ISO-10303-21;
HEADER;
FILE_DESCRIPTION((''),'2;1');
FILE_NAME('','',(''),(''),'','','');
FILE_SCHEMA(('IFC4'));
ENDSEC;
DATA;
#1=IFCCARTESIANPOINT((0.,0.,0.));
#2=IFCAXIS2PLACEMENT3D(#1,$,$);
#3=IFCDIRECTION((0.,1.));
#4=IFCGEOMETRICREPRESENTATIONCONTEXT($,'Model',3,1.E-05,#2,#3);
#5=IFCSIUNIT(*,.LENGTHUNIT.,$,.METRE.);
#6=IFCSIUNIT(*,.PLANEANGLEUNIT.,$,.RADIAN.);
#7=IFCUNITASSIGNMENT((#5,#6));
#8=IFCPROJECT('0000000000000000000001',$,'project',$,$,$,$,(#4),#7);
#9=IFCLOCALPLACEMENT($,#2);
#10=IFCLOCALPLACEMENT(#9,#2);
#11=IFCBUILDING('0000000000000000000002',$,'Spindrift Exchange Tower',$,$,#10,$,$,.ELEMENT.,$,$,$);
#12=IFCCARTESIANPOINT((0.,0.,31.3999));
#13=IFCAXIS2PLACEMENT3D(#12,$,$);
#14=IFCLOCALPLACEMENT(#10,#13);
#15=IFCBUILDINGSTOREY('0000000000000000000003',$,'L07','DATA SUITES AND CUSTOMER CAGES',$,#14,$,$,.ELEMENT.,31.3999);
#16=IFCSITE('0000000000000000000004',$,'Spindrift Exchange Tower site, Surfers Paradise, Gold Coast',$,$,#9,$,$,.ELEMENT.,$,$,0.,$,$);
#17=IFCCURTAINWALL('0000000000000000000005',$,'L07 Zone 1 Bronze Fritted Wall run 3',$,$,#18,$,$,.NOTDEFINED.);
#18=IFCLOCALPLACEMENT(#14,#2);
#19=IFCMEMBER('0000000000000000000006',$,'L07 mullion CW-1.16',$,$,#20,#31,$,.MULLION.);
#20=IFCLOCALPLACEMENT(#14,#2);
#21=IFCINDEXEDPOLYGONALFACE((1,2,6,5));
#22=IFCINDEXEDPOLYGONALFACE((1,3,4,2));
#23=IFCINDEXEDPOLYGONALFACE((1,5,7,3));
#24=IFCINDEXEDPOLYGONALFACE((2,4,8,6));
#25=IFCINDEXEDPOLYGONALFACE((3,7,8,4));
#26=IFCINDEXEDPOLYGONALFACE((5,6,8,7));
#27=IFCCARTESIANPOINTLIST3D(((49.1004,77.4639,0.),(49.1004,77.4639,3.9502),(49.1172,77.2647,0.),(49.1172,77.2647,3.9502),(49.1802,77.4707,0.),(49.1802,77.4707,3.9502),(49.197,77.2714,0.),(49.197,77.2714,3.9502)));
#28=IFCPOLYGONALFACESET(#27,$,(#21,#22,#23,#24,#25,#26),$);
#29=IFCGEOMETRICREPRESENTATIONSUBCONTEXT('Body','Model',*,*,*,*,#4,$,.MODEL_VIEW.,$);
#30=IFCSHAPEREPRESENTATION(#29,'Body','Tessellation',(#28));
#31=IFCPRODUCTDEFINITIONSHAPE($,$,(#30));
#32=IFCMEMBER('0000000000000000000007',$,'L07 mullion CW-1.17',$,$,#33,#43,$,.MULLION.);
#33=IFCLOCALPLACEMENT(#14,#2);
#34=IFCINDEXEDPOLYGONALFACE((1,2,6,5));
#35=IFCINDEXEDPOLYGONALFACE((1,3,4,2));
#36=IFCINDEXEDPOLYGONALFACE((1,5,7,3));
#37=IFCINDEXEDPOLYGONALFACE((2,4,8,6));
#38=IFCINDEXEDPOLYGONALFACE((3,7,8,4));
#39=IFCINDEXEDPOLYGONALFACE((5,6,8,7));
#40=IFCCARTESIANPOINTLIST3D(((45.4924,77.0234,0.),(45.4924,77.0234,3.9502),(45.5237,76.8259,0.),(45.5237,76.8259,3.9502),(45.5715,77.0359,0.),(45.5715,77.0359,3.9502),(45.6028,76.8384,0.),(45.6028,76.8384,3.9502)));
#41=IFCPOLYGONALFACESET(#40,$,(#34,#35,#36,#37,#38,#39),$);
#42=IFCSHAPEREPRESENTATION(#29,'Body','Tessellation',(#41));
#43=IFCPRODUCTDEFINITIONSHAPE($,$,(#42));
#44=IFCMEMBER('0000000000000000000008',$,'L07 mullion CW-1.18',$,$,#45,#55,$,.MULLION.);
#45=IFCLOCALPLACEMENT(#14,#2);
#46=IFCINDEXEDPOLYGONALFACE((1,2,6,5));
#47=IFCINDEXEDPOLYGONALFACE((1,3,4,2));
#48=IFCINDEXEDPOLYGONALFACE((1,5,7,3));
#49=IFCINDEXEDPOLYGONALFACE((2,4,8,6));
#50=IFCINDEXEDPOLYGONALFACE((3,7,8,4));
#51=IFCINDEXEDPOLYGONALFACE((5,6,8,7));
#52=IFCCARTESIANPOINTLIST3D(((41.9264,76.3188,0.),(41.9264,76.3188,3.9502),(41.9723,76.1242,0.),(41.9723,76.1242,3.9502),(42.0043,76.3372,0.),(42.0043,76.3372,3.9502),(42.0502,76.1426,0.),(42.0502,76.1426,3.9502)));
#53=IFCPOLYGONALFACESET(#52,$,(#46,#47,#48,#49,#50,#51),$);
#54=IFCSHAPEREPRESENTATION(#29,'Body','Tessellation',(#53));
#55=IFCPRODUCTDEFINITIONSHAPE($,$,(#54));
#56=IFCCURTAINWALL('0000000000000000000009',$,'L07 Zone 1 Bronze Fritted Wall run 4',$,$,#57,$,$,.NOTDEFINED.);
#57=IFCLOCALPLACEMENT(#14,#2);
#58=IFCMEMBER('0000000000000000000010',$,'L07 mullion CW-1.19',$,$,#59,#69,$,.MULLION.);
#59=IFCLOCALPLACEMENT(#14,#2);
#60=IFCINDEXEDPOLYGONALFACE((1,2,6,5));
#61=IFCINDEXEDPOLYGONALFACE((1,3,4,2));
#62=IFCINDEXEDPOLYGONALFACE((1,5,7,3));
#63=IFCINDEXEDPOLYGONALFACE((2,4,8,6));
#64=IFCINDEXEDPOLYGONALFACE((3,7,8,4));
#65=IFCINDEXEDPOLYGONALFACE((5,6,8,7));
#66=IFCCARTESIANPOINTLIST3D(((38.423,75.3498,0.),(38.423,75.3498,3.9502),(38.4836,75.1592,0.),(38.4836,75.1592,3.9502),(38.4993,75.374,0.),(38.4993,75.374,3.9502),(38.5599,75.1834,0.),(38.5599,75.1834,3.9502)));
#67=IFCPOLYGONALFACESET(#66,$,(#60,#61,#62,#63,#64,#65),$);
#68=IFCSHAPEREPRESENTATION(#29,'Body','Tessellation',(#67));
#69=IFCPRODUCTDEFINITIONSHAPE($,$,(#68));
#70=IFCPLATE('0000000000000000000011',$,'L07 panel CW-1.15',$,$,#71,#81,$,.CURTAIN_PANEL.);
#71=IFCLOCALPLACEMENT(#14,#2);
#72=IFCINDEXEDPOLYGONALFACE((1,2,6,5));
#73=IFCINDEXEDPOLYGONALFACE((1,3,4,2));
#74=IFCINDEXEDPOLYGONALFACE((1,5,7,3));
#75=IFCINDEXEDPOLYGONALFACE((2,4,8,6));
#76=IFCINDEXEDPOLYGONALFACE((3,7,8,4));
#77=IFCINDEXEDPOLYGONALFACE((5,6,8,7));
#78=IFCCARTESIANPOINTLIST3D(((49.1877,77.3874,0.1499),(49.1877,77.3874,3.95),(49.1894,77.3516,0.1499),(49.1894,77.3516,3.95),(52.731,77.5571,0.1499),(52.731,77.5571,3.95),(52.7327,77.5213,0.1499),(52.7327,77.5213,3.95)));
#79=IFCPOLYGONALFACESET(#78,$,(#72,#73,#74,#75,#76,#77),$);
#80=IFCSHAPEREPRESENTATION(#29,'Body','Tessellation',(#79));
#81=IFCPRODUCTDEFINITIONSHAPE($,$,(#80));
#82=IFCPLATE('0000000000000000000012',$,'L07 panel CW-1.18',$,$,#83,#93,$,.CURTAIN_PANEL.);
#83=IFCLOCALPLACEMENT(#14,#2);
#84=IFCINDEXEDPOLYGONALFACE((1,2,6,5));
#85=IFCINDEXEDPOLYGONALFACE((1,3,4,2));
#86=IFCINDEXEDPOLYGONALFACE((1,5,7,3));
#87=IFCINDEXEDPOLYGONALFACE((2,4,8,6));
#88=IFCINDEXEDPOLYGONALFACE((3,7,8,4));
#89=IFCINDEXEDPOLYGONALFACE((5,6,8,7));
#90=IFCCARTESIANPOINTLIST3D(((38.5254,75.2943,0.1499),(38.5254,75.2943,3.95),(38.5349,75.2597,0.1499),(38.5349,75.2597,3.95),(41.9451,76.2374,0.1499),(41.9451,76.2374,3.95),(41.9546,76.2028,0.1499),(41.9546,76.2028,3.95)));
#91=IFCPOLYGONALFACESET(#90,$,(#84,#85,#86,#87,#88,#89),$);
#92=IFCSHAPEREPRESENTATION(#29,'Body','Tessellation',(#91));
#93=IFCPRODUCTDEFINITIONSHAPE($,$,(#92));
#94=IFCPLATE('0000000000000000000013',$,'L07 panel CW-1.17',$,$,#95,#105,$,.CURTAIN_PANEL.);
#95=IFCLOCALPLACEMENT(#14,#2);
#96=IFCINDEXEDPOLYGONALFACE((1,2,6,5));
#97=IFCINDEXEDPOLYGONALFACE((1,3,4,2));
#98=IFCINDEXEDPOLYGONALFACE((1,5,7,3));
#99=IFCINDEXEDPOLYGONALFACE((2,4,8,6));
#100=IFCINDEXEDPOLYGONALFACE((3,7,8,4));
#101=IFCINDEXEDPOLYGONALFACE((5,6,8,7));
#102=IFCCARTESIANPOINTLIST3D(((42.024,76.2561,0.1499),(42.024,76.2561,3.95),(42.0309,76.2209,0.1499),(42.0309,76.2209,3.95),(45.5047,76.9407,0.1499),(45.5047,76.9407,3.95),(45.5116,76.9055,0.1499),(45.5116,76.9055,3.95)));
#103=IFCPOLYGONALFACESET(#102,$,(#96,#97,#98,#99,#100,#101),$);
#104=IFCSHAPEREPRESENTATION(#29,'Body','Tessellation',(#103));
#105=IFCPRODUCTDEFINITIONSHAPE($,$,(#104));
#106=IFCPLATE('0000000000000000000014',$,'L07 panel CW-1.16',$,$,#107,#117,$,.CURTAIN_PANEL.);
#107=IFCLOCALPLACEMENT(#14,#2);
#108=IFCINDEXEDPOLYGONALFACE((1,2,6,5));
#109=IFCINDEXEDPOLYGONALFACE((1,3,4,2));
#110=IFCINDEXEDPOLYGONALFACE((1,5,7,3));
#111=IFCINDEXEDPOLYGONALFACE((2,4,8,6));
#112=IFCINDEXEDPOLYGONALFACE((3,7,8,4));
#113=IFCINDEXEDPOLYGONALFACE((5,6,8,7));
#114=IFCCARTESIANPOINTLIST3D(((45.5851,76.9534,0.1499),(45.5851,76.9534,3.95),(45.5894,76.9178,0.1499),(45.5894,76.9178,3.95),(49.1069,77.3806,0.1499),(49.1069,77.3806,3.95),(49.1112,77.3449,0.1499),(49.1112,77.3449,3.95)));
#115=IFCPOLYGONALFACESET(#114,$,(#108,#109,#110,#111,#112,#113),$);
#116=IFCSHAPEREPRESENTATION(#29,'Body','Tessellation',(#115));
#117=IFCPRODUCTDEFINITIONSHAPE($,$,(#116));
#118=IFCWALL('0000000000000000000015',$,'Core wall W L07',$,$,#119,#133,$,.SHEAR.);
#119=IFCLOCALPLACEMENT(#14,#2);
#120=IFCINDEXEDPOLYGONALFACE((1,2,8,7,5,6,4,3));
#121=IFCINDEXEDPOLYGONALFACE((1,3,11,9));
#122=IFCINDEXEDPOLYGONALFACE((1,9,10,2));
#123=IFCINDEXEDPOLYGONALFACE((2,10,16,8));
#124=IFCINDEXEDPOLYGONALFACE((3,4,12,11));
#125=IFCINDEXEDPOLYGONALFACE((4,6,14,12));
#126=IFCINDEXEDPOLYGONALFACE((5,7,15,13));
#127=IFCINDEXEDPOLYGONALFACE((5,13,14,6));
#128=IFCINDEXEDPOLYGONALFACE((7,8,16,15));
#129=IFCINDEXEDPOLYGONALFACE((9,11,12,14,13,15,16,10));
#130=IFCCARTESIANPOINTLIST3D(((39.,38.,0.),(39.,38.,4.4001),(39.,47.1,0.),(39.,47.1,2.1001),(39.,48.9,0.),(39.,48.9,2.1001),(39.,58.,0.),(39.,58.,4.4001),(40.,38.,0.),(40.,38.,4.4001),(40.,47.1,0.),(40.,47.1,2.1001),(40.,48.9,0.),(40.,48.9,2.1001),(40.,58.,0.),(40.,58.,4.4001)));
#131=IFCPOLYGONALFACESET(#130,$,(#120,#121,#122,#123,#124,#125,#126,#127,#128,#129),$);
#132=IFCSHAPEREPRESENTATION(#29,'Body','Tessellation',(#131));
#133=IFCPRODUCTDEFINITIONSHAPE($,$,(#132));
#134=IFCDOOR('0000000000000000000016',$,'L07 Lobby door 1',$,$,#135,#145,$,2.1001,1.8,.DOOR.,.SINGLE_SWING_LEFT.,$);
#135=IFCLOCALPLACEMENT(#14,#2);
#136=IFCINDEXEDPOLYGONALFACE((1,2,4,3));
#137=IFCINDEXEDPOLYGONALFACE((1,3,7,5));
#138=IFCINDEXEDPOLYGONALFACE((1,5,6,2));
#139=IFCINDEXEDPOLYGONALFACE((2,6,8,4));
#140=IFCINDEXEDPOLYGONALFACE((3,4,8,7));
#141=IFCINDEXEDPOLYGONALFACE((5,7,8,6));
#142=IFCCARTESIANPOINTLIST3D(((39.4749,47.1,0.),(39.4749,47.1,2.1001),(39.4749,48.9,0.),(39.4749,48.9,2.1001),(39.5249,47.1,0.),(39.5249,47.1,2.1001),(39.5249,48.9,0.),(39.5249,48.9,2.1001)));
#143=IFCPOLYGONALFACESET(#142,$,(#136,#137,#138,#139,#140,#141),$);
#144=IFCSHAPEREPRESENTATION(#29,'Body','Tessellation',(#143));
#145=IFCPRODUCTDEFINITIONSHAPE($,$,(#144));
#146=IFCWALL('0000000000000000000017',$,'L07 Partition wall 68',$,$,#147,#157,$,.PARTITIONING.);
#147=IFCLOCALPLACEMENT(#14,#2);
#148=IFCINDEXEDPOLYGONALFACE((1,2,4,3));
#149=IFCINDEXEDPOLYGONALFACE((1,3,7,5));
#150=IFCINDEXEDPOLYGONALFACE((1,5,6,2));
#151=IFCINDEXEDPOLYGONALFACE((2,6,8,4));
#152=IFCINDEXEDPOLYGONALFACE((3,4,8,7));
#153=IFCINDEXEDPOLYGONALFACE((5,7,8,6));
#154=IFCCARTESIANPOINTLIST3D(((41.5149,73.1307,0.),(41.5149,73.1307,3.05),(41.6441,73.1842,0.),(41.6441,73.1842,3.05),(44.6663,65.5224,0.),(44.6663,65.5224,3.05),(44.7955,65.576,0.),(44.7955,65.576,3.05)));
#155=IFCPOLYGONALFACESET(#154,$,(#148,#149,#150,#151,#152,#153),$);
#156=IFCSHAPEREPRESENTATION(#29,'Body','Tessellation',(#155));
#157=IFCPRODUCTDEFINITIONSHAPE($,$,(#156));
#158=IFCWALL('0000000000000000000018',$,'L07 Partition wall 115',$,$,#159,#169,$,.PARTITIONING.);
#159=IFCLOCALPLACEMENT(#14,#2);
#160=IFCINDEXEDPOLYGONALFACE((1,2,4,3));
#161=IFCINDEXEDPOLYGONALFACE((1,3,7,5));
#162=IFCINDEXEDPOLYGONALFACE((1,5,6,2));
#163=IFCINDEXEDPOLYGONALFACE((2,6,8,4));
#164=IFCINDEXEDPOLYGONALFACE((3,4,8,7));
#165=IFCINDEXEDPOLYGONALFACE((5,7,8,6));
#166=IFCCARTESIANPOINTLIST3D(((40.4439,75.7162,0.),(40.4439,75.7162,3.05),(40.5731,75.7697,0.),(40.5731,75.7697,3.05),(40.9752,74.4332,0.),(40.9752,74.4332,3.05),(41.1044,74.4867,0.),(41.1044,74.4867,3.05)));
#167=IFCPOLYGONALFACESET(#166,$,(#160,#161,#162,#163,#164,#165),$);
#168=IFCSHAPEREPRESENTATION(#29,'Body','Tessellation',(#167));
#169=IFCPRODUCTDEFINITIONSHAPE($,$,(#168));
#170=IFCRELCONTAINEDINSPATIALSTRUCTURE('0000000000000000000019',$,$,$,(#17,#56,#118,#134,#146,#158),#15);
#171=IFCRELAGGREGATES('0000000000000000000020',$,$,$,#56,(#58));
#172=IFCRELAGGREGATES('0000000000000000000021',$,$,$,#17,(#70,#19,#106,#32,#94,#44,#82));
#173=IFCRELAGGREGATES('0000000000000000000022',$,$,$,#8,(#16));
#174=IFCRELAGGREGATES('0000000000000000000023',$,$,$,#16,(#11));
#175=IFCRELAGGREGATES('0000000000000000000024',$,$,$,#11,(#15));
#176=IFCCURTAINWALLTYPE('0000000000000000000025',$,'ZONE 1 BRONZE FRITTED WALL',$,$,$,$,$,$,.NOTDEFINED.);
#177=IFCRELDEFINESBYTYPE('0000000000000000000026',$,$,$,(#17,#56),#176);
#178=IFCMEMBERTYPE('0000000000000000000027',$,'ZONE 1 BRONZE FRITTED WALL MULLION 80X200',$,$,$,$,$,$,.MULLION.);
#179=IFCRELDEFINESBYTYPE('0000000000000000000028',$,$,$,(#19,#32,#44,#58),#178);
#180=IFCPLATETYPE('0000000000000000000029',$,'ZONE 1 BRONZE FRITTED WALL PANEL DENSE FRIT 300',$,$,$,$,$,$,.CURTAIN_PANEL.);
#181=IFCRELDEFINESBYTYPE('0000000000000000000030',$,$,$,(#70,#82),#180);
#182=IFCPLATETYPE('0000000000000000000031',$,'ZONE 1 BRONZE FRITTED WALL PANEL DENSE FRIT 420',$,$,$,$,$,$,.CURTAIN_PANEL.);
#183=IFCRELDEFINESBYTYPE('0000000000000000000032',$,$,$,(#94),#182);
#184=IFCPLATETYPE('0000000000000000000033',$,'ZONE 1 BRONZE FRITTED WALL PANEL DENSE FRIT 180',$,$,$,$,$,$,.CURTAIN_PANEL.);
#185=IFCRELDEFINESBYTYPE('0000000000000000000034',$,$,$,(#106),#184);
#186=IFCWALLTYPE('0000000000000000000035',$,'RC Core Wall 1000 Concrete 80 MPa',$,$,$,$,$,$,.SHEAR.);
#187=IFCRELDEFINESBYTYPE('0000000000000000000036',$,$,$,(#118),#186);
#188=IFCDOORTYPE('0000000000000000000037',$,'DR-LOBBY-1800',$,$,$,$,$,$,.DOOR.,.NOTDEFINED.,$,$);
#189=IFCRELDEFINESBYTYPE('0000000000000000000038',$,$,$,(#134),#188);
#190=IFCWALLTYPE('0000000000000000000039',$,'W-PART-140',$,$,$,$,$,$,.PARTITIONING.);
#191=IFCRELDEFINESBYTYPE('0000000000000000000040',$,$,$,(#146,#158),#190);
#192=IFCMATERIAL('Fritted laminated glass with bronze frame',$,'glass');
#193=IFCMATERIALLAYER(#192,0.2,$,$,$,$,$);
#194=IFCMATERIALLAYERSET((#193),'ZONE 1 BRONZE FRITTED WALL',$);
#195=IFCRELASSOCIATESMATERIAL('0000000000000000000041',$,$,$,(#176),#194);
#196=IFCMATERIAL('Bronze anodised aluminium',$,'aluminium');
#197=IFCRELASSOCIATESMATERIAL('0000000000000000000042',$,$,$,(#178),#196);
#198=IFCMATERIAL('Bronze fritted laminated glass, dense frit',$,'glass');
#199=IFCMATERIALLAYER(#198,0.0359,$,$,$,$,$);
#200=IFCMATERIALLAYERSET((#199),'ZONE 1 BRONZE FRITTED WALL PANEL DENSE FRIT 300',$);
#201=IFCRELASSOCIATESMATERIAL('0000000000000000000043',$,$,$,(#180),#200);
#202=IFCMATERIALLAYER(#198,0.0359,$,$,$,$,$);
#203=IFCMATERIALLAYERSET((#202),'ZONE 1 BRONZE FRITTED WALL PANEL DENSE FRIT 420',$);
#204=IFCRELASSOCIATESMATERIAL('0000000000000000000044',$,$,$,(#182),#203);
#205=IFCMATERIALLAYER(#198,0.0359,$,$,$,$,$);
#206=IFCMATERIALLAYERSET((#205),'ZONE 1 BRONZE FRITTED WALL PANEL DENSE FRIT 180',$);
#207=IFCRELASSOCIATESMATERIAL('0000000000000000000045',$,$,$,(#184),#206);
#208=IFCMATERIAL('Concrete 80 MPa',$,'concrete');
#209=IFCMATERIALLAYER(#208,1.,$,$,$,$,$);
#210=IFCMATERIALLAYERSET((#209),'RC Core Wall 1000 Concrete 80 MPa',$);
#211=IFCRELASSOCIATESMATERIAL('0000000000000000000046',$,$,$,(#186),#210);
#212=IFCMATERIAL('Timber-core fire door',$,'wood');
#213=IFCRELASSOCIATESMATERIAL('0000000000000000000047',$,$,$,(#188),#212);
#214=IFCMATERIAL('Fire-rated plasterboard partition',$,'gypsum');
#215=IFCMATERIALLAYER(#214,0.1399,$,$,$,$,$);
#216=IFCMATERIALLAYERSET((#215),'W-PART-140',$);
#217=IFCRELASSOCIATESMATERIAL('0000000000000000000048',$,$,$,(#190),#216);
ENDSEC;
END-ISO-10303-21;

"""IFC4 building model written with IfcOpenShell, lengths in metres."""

from ifc_helpers import new_model, si_unit, direction, frame, frame_2d, origin, origin_2d, place, context, subcontext, project, spatial, rectangle, extrude, source, transform, mapped, material, layer, layer_set, material_profile, profile_set, type_object, element, fill, aggregate, save


model = new_model("IFC4")

# Units and contexts
model_context = context("Model", 3, precision=1e-05, world=origin(), true_north=direction((0.0, 1.0)))
body_context = subcontext(model_context, "Body", "Model", "MODEL_VIEW")
ifc_project = project(units=[si_unit("LENGTHUNIT", "METRE"), si_unit("PLANEANGLEUNIT", "RADIAN")], contexts=[model_context])

# Site, building, storey
site_placement = place(None, origin())
site = spatial("IfcSite", under=ifc_project, at=site_placement, Name="Spindrift Exchange Tower site, Surfers Paradise, Gold Coast", CompositionType="ELEMENT", RefElevation=0.0)
building_placement = place(site_placement, origin())
building = spatial("IfcBuilding", under=site, at=building_placement, Name="Spindrift Exchange Tower", CompositionType="ELEMENT")
storey_placement = place(building_placement, frame((0.0, 0.0, 31.3999)))
storey = spatial("IfcBuildingStorey", under=building, at=storey_placement, Name="L07", Description="DATA SUITES AND CUSTOMER CAGES", CompositionType="ELEMENT", Elevation=31.3999)

# Shared definitions
ifc_material_1 = material(Name="Concrete 80 MPa", Category="concrete")

# Curtain wall, members
ifc_material_2 = material(Name="Fritted laminated glass with bronze frame", Category="glass")
ifc_layer_1 = layer(ifc_material_2, 0.2)
ifc_layer_set_1 = layer_set([ifc_layer_1], Name="ZONE 1 BRONZE FRITTED WALL")
curtain_wall_type = type_object("IfcCurtainWallType", Name="ZONE 1 BRONZE FRITTED WALL", PredefinedType="NOTDEFINED", material=ifc_layer_set_1)
curtain_wall_1_placement = place(storey_placement, origin())
curtain_wall_1 = element("IfcCurtainWall", 1, at=curtain_wall_1_placement, inside=storey, type_object=curtain_wall_type, Name="L07 Zone 1 Bronze Fritted Wall run 3", PredefinedType="NOTDEFINED")
ifc_material_3 = material(Name="Bronze anodised aluminium", Category="aluminium")
ifc_material_profile_1 = material_profile(ifc_material_3, rectangle(XDim=0.0801, YDim=0.2, at=origin_2d()), Name="ZONE 1 BRONZE FRITTED WALL MULLION 80X200")
ifc_profile_set_1 = profile_set([ifc_material_profile_1], Name="Bronze anodised aluminium")
member_type_1 = type_object("IfcMemberType", Name="ZONE 1 BRONZE FRITTED WALL MULLION 80X200", PredefinedType="MULLION", material=ifc_profile_set_1)
shared_shape_1 = source(origin(), body_context, "Body", "SweptSolid", [
    extrude(rectangle(XDim=0.0801, YDim=0.2, at=origin_2d()), origin(), (0.0, 0.0, 1.0), 3.9502),
])
member_1_placement = place(storey_placement, frame((49.1487, 77.3677, 0.0), z_axis=(0.0, 0.0, 1.0), x_axis=(-0.996451, -0.084178, 0.0)))
member_1 = element("IfcMember", 2, at=member_1_placement, type_object=member_type_1, Name="L07 mullion CW-1.16", PredefinedType="MULLION", context=body_context, shape_type="MappedRepresentation", body=[
    mapped(shared_shape_1, transform((0.0, 0.0, 0.0), scale=1.0)),
])
member_2_placement = place(storey_placement, frame((45.5476, 76.9309, 0.0), z_axis=(0.0, 0.0, 1.0), x_axis=(-0.98763, -0.156801, 0.0)))
member_2 = element("IfcMember", 3, at=member_2_placement, type_object=member_type_1, Name="L07 mullion CW-1.17", PredefinedType="MULLION", context=body_context, shape_type="MappedRepresentation", body=[
    mapped(shared_shape_1, transform((0.0, 0.0, 0.0), scale=1.0)),
])
member_3_placement = place(storey_placement, frame((41.9883, 76.2307, 0.0), z_axis=(0.0, 0.0, 1.0), x_axis=(-0.973292, -0.229571, 0.0)))
member_3 = element("IfcMember", 4, at=member_3_placement, type_object=member_type_1, Name="L07 mullion CW-1.18", PredefinedType="MULLION", context=body_context, shape_type="MappedRepresentation", body=[
    mapped(shared_shape_1, transform((0.0, 0.0, 0.0), scale=1.0)),
])

# Curtain wall, member
curtain_wall_2_placement = place(storey_placement, origin())
curtain_wall_2 = element("IfcCurtainWall", 5, at=curtain_wall_2_placement, inside=storey, type_object=curtain_wall_type, Name="L07 Zone 1 Bronze Fritted Wall run 4", PredefinedType="NOTDEFINED")
member_4_placement = place(storey_placement, frame((38.4915, 75.2666, 0.0), z_axis=(0.0, 0.0, 1.0), x_axis=(-0.953043, -0.302834, 0.0)))
member_4 = element("IfcMember", 6, at=member_4_placement, type_object=member_type_1, Name="L07 mullion CW-1.19", PredefinedType="MULLION", context=body_context, shape_type="MappedRepresentation", body=[
    mapped(shared_shape_1, transform((0.0, 0.0, 0.0), scale=1.0)),
])
aggregate(curtain_wall_2, [member_4])

# Plates
ifc_material_4 = material(Name="Bronze fritted laminated glass, dense frit", Category="glass")
ifc_layer_2 = layer(ifc_material_4, 0.0359)
ifc_layer_set_2 = layer_set([ifc_layer_2], Name="ZONE 1 BRONZE FRITTED WALL PANEL DENSE FRIT 300")
plate_type_1 = type_object("IfcPlateType", Name="ZONE 1 BRONZE FRITTED WALL PANEL DENSE FRIT 300", PredefinedType="CURTAIN_PANEL", material=ifc_layer_set_2)
shared_shape_2 = source(origin(), body_context, "Body", "SweptSolid", [
    extrude(rectangle(XDim=3.5474, YDim=0.0359, at=origin_2d()), origin(), (0.0, 0.0, 1.0), 3.8),
])
plate_1_placement = place(storey_placement, frame((50.9602, 77.4543, 0.1499), z_axis=(0.0, 0.0, 1.0), x_axis=(-0.998855, -0.047832, 0.0)))
plate_1 = element("IfcPlate", 7, at=plate_1_placement, type_object=plate_type_1, Name="L07 panel CW-1.15", PredefinedType="CURTAIN_PANEL", context=body_context, shape_type="MappedRepresentation", body=[
    mapped(shared_shape_2, transform((0.0, 0.0, 0.0), scale=1.0)),
])
plate_2_placement = place(storey_placement, frame((40.24, 75.7485, 0.1499), z_axis=(0.0, 0.0, 1.0), x_axis=(-0.964016, -0.265844, 0.0)))
plate_2 = element("IfcPlate", 8, at=plate_2_placement, type_object=plate_type_1, Name="L07 panel CW-1.18", PredefinedType="CURTAIN_PANEL", context=body_context, shape_type="MappedRepresentation", body=[
    mapped(shared_shape_2, transform((0.0, 0.0, 0.0), scale=1.0)),
])
ifc_layer_3 = layer(ifc_material_4, 0.0359)
ifc_layer_set_3 = layer_set([ifc_layer_3], Name="ZONE 1 BRONZE FRITTED WALL PANEL DENSE FRIT 420")
plate_type_2 = type_object("IfcPlateType", Name="ZONE 1 BRONZE FRITTED WALL PANEL DENSE FRIT 420", PredefinedType="CURTAIN_PANEL", material=ifc_layer_set_3)
shared_shape_3 = source(origin(), body_context, "Body", "SweptSolid", [
    extrude(rectangle(XDim=3.5474, YDim=0.0359, at=origin_2d()), origin(), (0.0, 0.0, 1.0), 3.8),
])
plate_3_placement = place(storey_placement, frame((43.7678, 76.5808, 0.1499), z_axis=(0.0, 0.0, 1.0), x_axis=(-0.981204, -0.192976, 0.0)))
plate_3 = element("IfcPlate", 9, at=plate_3_placement, type_object=plate_type_2, Name="L07 panel CW-1.17", PredefinedType="CURTAIN_PANEL", context=body_context, shape_type="MappedRepresentation", body=[
    mapped(shared_shape_3, transform((0.0, 0.0, 0.0), scale=1.0)),
])
ifc_layer_4 = layer(ifc_material_4, 0.0359)
ifc_layer_set_4 = layer_set([ifc_layer_4], Name="ZONE 1 BRONZE FRITTED WALL PANEL DENSE FRIT 180")
plate_type_3 = type_object("IfcPlateType", Name="ZONE 1 BRONZE FRITTED WALL PANEL DENSE FRIT 180", PredefinedType="CURTAIN_PANEL", material=ifc_layer_set_4)
shared_shape_4 = source(origin(), body_context, "Body", "SweptSolid", [
    extrude(rectangle(XDim=3.5476, YDim=0.0359, at=origin_2d()), origin(), (0.0, 0.0, 1.0), 3.8),
])
plate_4_placement = place(storey_placement, frame((47.3481, 77.1492, 0.1499), z_axis=(0.0, 0.0, 1.0), x_axis=(-0.992724, -0.120414, 0.0)))
plate_4 = element("IfcPlate", 10, at=plate_4_placement, type_object=plate_type_3, Name="L07 panel CW-1.16", PredefinedType="CURTAIN_PANEL", context=body_context, shape_type="MappedRepresentation", body=[
    mapped(shared_shape_4, transform((0.0, 0.0, 0.0), scale=1.0)),
])
aggregate(curtain_wall_1, [plate_1, member_1, plate_4, member_2, plate_3, member_3, plate_2])

# Wall, opening, door
ifc_layer_5 = layer(ifc_material_1, 1.0)
ifc_layer_set_5 = layer_set([ifc_layer_5], Name="RC Core Wall 1000 Concrete 80 MPa")
wall_type_1 = type_object("IfcWallType", Name="RC Core Wall 1000 Concrete 80 MPa", PredefinedType="SHEAR", material=ifc_layer_set_5)
wall_1_placement = place(storey_placement, frame((39.5, 58.0, 0.0), z_axis=(0.0, 0.0, 1.0), x_axis=(0.0, -1.0, 0.0)))
wall_1 = element("IfcWall", 11, at=wall_1_placement, inside=storey, type_object=wall_type_1, Name="Core wall W L07", PredefinedType="SHEAR", context=body_context, shape_type="SweptSolid", body=[
    extrude(rectangle(XDim=20.0, YDim=1.0, at=frame_2d((10.0, 0.0))), origin(), (0.0, 0.0, 1.0), 4.4001),
])
opening_placement = place(wall_1_placement, frame((9.1001, 0.0, 0.0)))
opening = element("IfcOpeningElement", 12, at=opening_placement, cuts=wall_1, PredefinedType="OPENING", context=body_context, shape_type="SweptSolid", body=[
    extrude(rectangle(XDim=1.8, YDim=2.1001, at=frame_2d((0.8999, 1.05))), frame((0.0, 0.51, 0.0), z_axis=(0.0, -1.0, 0.0), x_axis=(1.0, 0.0, 0.0)), (0.0, 0.0, 1.0), 1.02),
])
ifc_material_5 = material(Name="Timber-core fire door", Category="wood")
door_type = type_object("IfcDoorType", Name="DR-LOBBY-1800", OperationType="NOTDEFINED", PredefinedType="DOOR", material=ifc_material_5)
shared_shape_5 = source(origin(), body_context, "Body", "SweptSolid", [
    extrude(rectangle(XDim=1.8, YDim=2.1001, at=frame_2d((0.8999, 1.05))), frame((0.0, 0.0249, 0.0), z_axis=(0.0, -1.0, 0.0), x_axis=(1.0, 0.0, 0.0)), (0.0, 0.0, 1.0), 0.05),
])
door_placement = place(opening_placement, origin())
door = element("IfcDoor", 13, at=door_placement, inside=storey, type_object=door_type, Name="L07 Lobby door 1", OperationType="SINGLE_SWING_LEFT", OverallHeight=2.1001, OverallWidth=1.8, PredefinedType="DOOR", context=body_context, shape_type="MappedRepresentation", body=[
    mapped(shared_shape_5, transform((0.0, 0.0, 0.0), scale=1.0)),
])
fill(opening, door)

# Walls
ifc_material_6 = material(Name="Fire-rated plasterboard partition", Category="gypsum")
ifc_layer_6 = layer(ifc_material_6, 0.1399)
ifc_layer_set_6 = layer_set([ifc_layer_6], Name="W-PART-140")
wall_type_2 = type_object("IfcWallType", Name="W-PART-140", PredefinedType="PARTITIONING", material=ifc_layer_set_6)
wall_2_placement = place(storey_placement, frame((44.731, 65.5491, 0.0), z_axis=(0.0, 0.0, 1.0), x_axis=(-0.38268, 0.923881, 0.0)))
element("IfcWall", 14, at=wall_2_placement, inside=storey, type_object=wall_type_2, Name="L07 Partition wall 68", PredefinedType="PARTITIONING", context=body_context, shape_type="SweptSolid", body=[
    extrude(rectangle(XDim=8.2351, YDim=0.1399, at=frame_2d((4.1177, 0.0))), origin(), (0.0, 0.0, 1.0), 3.05),
])
wall_3_placement = place(storey_placement, frame((41.0398, 74.46, 0.0), z_axis=(0.0, 0.0, 1.0), x_axis=(-0.38258, 0.923923, 0.0)))
element("IfcWall", 15, at=wall_3_placement, inside=storey, type_object=wall_type_2, Name="L07 Partition wall 115", PredefinedType="PARTITIONING", context=body_context, shape_type="SweptSolid", body=[
    extrude(rectangle(XDim=1.3887, YDim=0.1399, at=frame_2d((0.6943, 0.0))), origin(), (0.0, 0.0, 1.0), 3.05),
])

save(model, "model.ifc")
